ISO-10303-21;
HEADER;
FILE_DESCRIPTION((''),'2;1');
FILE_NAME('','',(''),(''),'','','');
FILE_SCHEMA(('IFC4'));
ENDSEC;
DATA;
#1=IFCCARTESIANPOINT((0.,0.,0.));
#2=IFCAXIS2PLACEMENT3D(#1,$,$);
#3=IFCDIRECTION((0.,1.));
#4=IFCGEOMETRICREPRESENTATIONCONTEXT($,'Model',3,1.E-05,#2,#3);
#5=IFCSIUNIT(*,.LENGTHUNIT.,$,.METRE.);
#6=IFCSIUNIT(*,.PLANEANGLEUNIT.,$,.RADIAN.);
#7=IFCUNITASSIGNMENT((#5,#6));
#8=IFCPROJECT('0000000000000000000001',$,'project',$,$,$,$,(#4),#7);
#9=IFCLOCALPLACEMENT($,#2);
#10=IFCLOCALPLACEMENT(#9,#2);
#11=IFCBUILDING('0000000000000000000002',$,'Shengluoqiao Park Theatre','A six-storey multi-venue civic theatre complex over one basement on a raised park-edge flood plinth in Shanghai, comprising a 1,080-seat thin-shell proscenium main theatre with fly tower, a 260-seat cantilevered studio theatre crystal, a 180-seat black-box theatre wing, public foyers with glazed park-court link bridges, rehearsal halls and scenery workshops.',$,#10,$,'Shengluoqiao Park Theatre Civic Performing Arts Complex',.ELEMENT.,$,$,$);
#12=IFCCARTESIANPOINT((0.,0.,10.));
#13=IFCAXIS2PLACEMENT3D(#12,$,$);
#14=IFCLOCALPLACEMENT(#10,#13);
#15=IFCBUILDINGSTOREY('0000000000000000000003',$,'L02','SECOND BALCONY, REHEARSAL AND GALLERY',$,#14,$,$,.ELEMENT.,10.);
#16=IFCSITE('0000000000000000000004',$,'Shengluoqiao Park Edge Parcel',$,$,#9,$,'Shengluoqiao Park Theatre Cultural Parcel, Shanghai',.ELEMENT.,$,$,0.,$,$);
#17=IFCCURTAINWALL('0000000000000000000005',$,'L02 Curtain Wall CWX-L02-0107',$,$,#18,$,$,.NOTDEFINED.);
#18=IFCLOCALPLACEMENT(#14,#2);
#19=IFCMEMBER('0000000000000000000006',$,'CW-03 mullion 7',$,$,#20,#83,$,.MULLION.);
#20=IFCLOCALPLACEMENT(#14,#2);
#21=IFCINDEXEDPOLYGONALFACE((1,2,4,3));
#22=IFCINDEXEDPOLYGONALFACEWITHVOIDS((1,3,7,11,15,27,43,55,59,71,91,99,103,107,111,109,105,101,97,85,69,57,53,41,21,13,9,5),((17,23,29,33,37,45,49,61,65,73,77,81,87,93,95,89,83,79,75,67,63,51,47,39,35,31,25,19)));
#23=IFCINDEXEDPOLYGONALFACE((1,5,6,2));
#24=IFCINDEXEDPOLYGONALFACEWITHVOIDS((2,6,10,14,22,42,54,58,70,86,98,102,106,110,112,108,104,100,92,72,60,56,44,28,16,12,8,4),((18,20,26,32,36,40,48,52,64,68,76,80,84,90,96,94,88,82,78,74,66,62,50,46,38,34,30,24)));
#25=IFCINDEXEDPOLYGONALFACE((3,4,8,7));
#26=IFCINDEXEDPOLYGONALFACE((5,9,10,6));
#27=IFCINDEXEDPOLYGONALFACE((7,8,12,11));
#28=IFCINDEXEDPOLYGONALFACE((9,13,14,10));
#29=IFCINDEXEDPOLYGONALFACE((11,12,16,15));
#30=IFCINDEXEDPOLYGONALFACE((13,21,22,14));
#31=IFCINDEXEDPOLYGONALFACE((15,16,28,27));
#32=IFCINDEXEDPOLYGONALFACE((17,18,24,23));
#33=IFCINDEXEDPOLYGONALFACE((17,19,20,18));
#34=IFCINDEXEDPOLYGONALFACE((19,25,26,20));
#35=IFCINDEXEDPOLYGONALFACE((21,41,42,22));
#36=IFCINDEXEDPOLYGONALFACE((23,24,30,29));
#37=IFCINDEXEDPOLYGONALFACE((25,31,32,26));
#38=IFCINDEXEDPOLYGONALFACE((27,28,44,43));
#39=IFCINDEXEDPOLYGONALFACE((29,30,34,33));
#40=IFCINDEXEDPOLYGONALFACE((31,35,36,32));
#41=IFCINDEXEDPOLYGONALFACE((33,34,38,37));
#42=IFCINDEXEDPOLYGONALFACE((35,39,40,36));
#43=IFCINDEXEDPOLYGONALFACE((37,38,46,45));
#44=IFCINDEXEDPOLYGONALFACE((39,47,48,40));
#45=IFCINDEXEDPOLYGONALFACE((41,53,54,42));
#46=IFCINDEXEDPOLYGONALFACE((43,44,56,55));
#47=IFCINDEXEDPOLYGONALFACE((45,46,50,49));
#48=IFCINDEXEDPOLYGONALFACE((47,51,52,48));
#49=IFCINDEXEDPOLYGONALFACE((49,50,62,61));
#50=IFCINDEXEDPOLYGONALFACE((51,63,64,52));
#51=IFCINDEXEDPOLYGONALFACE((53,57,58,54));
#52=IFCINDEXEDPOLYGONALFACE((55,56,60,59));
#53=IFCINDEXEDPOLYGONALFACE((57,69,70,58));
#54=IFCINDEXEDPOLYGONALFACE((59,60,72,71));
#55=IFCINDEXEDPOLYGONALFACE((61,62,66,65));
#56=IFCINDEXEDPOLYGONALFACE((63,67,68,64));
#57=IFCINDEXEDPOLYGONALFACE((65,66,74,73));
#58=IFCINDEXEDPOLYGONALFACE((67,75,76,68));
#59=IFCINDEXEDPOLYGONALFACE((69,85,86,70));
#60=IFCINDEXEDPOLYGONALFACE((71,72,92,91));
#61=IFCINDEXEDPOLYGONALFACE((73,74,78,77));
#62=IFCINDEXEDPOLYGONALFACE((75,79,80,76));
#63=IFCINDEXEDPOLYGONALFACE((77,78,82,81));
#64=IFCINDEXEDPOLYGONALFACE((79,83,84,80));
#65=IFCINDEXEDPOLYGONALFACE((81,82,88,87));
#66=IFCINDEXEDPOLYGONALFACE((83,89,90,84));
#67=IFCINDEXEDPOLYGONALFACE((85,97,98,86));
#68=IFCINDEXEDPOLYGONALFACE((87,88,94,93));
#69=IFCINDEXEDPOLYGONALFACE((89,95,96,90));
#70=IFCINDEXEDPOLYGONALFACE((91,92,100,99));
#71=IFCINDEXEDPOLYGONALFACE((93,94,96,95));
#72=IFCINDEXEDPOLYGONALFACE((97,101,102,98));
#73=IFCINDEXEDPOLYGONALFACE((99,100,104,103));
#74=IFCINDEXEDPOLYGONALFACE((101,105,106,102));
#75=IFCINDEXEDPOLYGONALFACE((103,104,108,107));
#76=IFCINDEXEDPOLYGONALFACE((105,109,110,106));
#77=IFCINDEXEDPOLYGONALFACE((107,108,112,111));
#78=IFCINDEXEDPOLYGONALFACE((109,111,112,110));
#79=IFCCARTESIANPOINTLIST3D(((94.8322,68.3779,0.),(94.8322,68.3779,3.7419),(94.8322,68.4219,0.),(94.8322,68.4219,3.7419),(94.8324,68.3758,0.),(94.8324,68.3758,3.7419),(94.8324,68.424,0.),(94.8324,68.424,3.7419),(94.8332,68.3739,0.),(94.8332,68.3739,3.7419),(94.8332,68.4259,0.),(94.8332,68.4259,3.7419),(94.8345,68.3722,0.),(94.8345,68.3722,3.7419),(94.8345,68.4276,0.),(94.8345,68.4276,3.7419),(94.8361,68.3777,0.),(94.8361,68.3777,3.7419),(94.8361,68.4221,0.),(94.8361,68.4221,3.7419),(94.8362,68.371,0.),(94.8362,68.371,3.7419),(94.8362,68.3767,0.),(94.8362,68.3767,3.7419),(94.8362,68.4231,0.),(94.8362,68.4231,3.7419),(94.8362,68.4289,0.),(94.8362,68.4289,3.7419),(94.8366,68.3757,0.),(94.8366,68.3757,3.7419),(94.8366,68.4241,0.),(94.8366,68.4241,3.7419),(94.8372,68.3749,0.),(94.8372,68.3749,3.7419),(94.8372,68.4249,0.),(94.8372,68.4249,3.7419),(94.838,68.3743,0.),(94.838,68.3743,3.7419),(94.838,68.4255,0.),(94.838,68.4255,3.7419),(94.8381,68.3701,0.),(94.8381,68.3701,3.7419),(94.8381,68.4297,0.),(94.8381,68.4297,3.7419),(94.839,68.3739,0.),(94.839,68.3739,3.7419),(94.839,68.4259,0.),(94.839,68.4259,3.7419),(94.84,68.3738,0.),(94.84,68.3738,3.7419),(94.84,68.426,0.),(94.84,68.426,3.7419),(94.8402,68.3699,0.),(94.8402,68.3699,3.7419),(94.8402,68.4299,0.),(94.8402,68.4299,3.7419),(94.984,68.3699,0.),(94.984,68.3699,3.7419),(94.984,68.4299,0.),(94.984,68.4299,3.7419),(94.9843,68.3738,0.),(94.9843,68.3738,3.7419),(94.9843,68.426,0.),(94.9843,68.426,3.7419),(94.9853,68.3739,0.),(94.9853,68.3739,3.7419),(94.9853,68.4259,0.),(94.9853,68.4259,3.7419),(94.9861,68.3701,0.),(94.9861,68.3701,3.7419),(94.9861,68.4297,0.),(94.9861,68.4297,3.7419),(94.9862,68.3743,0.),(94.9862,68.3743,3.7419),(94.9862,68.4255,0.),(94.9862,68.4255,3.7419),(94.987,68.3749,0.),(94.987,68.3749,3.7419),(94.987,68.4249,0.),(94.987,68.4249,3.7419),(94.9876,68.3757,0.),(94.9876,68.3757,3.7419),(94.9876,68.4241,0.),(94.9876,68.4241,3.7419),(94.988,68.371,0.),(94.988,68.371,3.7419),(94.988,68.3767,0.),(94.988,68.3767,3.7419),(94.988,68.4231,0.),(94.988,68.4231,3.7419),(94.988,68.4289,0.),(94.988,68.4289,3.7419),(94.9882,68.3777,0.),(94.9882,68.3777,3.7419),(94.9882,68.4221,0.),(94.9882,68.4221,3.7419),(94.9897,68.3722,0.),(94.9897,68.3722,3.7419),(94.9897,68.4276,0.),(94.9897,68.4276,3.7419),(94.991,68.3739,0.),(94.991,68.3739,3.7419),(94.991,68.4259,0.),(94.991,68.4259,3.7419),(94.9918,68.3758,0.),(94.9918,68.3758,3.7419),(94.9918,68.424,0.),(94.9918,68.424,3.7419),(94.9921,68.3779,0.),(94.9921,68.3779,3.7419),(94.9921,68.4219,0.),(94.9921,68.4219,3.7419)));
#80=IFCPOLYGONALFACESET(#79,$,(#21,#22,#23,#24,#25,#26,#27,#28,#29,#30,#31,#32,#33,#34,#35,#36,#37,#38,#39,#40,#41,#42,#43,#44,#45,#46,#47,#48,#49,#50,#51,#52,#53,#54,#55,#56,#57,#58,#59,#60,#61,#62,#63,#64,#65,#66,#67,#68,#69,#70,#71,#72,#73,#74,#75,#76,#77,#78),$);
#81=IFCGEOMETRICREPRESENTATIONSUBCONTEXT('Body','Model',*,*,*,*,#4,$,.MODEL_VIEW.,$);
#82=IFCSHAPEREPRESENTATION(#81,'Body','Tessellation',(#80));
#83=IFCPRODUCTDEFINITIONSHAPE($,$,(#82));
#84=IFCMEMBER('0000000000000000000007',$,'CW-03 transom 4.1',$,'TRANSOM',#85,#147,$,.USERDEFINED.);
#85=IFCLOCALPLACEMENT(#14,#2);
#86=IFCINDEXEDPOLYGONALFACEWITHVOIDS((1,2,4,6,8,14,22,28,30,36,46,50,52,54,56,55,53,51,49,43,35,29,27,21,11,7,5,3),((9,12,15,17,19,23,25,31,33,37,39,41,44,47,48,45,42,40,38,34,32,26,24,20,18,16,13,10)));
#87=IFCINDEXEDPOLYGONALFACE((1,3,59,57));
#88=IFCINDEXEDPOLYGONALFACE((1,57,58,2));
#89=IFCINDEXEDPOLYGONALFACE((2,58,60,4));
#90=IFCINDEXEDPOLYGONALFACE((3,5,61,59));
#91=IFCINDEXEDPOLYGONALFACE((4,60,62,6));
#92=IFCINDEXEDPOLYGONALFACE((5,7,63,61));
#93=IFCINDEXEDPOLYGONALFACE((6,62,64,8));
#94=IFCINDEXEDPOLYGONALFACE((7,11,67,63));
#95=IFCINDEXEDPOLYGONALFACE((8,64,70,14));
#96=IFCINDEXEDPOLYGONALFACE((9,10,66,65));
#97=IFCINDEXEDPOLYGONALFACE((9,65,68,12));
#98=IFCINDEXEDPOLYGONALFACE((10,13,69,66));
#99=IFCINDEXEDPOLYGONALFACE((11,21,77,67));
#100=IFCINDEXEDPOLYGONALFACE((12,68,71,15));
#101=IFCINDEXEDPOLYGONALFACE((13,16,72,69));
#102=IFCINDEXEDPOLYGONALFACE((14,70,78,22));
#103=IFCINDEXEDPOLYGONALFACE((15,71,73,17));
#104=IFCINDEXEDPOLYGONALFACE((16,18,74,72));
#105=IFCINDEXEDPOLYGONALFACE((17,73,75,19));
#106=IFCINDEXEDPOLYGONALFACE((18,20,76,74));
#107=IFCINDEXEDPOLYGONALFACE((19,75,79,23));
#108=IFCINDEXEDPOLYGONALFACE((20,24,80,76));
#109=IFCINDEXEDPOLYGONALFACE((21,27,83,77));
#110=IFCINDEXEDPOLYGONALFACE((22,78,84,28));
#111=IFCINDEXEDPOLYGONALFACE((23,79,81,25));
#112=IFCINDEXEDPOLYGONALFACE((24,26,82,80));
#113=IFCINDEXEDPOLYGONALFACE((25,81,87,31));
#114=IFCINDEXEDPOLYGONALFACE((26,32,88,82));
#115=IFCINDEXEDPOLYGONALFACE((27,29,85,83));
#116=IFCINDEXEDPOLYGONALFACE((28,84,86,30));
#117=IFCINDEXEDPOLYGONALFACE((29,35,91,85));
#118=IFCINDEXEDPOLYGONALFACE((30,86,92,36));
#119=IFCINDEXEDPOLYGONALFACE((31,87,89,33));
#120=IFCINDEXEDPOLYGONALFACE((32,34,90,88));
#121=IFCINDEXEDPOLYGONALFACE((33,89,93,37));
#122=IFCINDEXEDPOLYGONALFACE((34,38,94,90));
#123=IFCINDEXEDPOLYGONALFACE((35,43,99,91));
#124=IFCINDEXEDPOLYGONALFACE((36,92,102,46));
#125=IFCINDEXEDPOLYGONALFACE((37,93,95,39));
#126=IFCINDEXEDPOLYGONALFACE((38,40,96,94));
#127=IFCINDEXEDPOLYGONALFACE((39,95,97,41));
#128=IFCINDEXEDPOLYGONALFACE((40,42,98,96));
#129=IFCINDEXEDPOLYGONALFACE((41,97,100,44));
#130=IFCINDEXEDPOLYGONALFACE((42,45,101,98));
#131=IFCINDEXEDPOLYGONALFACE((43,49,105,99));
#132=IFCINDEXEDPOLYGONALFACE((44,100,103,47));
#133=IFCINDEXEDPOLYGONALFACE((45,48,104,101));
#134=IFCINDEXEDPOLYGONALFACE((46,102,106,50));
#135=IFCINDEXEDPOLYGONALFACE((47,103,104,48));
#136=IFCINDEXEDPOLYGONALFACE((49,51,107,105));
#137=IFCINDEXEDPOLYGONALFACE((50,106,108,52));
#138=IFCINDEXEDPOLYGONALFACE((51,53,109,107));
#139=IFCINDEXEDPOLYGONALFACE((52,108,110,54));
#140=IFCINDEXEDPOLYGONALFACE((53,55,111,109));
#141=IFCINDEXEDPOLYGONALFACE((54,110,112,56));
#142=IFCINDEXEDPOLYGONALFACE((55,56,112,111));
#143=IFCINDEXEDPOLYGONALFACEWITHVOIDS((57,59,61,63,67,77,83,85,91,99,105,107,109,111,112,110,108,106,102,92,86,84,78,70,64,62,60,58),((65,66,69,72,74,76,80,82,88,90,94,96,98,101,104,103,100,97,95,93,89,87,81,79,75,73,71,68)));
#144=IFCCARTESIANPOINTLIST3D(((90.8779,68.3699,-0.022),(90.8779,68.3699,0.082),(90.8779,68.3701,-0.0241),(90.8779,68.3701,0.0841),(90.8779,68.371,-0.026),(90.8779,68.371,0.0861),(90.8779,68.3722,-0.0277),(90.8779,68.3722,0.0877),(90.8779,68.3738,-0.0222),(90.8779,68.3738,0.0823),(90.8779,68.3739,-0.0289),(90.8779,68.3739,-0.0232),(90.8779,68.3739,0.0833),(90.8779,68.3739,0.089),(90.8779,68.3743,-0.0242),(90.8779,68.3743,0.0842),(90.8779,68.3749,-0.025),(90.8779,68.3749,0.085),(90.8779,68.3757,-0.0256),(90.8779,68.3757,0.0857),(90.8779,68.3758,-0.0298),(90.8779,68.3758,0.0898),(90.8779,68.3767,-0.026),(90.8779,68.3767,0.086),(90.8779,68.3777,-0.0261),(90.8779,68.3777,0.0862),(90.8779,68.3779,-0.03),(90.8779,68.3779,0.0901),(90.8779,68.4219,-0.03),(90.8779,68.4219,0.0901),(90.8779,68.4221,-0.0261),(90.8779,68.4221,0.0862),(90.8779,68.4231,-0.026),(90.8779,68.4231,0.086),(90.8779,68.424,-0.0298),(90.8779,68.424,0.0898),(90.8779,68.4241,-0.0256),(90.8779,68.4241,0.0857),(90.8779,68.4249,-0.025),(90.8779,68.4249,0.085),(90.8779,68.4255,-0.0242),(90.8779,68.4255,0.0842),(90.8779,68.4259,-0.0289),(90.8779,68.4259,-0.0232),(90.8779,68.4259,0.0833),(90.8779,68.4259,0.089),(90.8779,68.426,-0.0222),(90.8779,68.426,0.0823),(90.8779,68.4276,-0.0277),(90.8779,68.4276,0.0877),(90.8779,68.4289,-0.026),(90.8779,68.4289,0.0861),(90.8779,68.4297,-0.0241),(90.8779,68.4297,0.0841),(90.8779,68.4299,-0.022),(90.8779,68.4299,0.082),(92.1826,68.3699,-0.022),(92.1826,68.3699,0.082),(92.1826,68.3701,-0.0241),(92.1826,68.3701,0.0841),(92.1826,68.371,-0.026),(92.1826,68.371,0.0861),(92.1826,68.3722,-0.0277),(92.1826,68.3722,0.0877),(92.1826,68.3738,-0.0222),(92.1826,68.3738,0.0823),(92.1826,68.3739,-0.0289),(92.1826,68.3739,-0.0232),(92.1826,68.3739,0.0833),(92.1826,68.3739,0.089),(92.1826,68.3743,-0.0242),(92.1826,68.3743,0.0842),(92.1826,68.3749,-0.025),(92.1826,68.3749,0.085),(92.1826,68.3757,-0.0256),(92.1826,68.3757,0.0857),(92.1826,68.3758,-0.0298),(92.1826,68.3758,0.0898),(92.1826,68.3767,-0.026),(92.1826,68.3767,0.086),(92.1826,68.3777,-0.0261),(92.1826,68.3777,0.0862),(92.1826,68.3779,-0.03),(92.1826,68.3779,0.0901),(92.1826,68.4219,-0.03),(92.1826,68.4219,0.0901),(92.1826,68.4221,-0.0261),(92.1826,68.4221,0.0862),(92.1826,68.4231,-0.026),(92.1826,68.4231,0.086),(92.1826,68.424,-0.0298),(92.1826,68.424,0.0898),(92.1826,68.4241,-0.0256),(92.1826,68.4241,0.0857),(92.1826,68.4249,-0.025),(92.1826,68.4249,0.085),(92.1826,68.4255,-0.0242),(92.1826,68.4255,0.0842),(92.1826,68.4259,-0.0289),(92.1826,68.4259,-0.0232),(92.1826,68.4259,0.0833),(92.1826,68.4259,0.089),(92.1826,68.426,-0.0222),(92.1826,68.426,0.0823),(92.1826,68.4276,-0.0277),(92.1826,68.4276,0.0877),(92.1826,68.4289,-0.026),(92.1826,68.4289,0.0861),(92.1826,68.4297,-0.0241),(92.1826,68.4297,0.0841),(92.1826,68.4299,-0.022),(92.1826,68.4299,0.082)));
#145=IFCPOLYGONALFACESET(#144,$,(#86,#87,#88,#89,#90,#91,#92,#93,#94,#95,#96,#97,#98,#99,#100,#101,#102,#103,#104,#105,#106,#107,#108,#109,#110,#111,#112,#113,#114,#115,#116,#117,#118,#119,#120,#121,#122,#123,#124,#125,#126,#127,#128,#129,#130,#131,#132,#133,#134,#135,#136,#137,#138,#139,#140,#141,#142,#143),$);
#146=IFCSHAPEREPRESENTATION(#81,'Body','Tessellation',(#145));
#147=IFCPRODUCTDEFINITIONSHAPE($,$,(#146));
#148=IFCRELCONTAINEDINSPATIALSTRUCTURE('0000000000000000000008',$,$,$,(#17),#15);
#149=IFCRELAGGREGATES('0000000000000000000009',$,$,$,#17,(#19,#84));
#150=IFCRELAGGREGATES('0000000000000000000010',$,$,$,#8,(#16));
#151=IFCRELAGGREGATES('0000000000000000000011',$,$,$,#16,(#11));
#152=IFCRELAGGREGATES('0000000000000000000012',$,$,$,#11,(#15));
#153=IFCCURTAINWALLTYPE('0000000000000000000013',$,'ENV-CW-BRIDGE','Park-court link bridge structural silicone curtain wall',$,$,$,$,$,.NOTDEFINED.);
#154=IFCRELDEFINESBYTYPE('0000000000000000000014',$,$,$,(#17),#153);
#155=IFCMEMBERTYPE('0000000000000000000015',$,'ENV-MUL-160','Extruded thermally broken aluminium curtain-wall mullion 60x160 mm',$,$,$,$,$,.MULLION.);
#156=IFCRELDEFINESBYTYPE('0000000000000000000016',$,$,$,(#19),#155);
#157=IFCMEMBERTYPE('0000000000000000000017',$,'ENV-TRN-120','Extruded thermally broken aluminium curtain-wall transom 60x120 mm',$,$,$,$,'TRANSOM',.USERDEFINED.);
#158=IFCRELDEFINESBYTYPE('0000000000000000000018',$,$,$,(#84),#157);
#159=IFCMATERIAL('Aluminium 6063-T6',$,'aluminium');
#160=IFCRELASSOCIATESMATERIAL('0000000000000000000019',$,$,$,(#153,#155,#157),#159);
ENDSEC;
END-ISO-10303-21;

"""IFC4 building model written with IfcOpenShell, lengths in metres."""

from ifc_helpers import new_model, si_unit, direction, frame, origin, origin_2d, place, context, subcontext, project, spatial, hollow_rectangle, extrude, material, material_profile, profile_set, type_object, element, aggregate, save


model = new_model("IFC4")

# Units and contexts
model_context = context("Model", 3, precision=1e-05, world=origin(), true_north=direction((0.0, 1.0)))
body_context = subcontext(model_context, "Body", "Model", "MODEL_VIEW")
ifc_project = project(units=[si_unit("LENGTHUNIT", "METRE"), si_unit("PLANEANGLEUNIT", "RADIAN")], contexts=[model_context])

# Site, building, storey
site_placement = place(None, origin())
site = spatial("IfcSite", under=ifc_project, at=site_placement, Name="Shengluoqiao Park Edge Parcel", LongName="Shengluoqiao Park Theatre Cultural Parcel, Shanghai", CompositionType="ELEMENT", RefElevation=0.0)
building_placement = place(site_placement, origin())
building = spatial("IfcBuilding", under=site, at=building_placement, Name="Shengluoqiao Park Theatre", Description="A six-storey multi-venue civic theatre complex over one basement on a raised park-edge flood plinth in Shanghai, comprising a 1,080-seat thin-shell proscenium main theatre with fly tower, a 260-seat cantilevered studio theatre crystal, a 180-seat black-box theatre wing, public foyers with glazed park-court link bridges, rehearsal halls and scenery workshops.", LongName="Shengluoqiao Park Theatre Civic Performing Arts Complex", CompositionType="ELEMENT")
storey_placement = place(building_placement, frame((0.0, 0.0, 10.0)))
storey = spatial("IfcBuildingStorey", under=building, at=storey_placement, Name="L02", Description="SECOND BALCONY, REHEARSAL AND GALLERY", CompositionType="ELEMENT", Elevation=10.0)

# Curtain wall, members
ifc_material_1 = material(Name="Aluminium 6063-T6", Category="aluminium")
curtain_wall_type = type_object("IfcCurtainWallType", Name="ENV-CW-BRIDGE", Description="Park-court link bridge structural silicone curtain wall", PredefinedType="NOTDEFINED", material=ifc_material_1)
curtain_wall_placement = place(storey_placement, origin())
curtain_wall = element("IfcCurtainWall", 1, at=curtain_wall_placement, inside=storey, type_object=curtain_wall_type, Name="L02 Curtain Wall CWX-L02-0107", PredefinedType="NOTDEFINED")
ifc_material_profile_1 = material_profile(ifc_material_1, hollow_rectangle(XDim=0.0601, YDim=0.1599, WallThickness=0.0039, InnerFilletRadius=0.0039, OuterFilletRadius=0.0081, at=origin_2d()), Name="ALU MULLION 160x60x4")
ifc_profile_set_1 = profile_set([ifc_material_profile_1], Name="Aluminium 6063-T6")
member_type_1 = type_object("IfcMemberType", Name="ENV-MUL-160", Description="Extruded thermally broken aluminium curtain-wall mullion 60x160 mm", PredefinedType="MULLION", material=ifc_profile_set_1)
member_1_placement = place(storey_placement, frame((94.9121, 68.3999, 0.0), z_axis=(0.0, 0.0, 1.0), x_axis=(0.0, 1.0, 0.0)))
member_1 = element("IfcMember", 2, at=member_1_placement, type_object=member_type_1, Name="CW-03 mullion 7", PredefinedType="MULLION", context=body_context, shape_type="SweptSolid", body=[
    extrude(hollow_rectangle(XDim=0.0601, YDim=0.1599, WallThickness=0.0039, InnerFilletRadius=0.0039, OuterFilletRadius=0.0081, at=origin_2d()), origin(), (0.0, 0.0, 1.0), 3.7419),
])
ifc_material_profile_2 = material_profile(ifc_material_1, hollow_rectangle(XDim=0.0601, YDim=0.1201, WallThickness=0.0039, InnerFilletRadius=0.0039, OuterFilletRadius=0.0081, at=origin_2d()), Name="ALU TRANSOM 120x60x4")
ifc_profile_set_2 = profile_set([ifc_material_profile_2], Name="Aluminium 6063-T6")
member_type_2 = type_object("IfcMemberType", Name="ENV-TRN-120", Description="Extruded thermally broken aluminium curtain-wall transom 60x120 mm", ElementType="TRANSOM", PredefinedType="USERDEFINED", material=ifc_profile_set_2)
member_2_placement = place(storey_placement, frame((90.8779, 68.3999, 0.03), z_axis=(1.0, 0.0, 0.0), x_axis=(0.0, 1.0, 0.0)))
member_2 = element("IfcMember", 3, at=member_2_placement, type_object=member_type_2, Name="CW-03 transom 4.1", ObjectType="TRANSOM", PredefinedType="USERDEFINED", context=body_context, shape_type="SweptSolid", body=[
    extrude(hollow_rectangle(XDim=0.0601, YDim=0.1201, WallThickness=0.0039, InnerFilletRadius=0.0039, OuterFilletRadius=0.0081, at=origin_2d()), origin(), (0.0, 0.0, 1.0), 1.3047),
])
aggregate(curtain_wall, [member_1, member_2])

save(model, "model.ifc")
